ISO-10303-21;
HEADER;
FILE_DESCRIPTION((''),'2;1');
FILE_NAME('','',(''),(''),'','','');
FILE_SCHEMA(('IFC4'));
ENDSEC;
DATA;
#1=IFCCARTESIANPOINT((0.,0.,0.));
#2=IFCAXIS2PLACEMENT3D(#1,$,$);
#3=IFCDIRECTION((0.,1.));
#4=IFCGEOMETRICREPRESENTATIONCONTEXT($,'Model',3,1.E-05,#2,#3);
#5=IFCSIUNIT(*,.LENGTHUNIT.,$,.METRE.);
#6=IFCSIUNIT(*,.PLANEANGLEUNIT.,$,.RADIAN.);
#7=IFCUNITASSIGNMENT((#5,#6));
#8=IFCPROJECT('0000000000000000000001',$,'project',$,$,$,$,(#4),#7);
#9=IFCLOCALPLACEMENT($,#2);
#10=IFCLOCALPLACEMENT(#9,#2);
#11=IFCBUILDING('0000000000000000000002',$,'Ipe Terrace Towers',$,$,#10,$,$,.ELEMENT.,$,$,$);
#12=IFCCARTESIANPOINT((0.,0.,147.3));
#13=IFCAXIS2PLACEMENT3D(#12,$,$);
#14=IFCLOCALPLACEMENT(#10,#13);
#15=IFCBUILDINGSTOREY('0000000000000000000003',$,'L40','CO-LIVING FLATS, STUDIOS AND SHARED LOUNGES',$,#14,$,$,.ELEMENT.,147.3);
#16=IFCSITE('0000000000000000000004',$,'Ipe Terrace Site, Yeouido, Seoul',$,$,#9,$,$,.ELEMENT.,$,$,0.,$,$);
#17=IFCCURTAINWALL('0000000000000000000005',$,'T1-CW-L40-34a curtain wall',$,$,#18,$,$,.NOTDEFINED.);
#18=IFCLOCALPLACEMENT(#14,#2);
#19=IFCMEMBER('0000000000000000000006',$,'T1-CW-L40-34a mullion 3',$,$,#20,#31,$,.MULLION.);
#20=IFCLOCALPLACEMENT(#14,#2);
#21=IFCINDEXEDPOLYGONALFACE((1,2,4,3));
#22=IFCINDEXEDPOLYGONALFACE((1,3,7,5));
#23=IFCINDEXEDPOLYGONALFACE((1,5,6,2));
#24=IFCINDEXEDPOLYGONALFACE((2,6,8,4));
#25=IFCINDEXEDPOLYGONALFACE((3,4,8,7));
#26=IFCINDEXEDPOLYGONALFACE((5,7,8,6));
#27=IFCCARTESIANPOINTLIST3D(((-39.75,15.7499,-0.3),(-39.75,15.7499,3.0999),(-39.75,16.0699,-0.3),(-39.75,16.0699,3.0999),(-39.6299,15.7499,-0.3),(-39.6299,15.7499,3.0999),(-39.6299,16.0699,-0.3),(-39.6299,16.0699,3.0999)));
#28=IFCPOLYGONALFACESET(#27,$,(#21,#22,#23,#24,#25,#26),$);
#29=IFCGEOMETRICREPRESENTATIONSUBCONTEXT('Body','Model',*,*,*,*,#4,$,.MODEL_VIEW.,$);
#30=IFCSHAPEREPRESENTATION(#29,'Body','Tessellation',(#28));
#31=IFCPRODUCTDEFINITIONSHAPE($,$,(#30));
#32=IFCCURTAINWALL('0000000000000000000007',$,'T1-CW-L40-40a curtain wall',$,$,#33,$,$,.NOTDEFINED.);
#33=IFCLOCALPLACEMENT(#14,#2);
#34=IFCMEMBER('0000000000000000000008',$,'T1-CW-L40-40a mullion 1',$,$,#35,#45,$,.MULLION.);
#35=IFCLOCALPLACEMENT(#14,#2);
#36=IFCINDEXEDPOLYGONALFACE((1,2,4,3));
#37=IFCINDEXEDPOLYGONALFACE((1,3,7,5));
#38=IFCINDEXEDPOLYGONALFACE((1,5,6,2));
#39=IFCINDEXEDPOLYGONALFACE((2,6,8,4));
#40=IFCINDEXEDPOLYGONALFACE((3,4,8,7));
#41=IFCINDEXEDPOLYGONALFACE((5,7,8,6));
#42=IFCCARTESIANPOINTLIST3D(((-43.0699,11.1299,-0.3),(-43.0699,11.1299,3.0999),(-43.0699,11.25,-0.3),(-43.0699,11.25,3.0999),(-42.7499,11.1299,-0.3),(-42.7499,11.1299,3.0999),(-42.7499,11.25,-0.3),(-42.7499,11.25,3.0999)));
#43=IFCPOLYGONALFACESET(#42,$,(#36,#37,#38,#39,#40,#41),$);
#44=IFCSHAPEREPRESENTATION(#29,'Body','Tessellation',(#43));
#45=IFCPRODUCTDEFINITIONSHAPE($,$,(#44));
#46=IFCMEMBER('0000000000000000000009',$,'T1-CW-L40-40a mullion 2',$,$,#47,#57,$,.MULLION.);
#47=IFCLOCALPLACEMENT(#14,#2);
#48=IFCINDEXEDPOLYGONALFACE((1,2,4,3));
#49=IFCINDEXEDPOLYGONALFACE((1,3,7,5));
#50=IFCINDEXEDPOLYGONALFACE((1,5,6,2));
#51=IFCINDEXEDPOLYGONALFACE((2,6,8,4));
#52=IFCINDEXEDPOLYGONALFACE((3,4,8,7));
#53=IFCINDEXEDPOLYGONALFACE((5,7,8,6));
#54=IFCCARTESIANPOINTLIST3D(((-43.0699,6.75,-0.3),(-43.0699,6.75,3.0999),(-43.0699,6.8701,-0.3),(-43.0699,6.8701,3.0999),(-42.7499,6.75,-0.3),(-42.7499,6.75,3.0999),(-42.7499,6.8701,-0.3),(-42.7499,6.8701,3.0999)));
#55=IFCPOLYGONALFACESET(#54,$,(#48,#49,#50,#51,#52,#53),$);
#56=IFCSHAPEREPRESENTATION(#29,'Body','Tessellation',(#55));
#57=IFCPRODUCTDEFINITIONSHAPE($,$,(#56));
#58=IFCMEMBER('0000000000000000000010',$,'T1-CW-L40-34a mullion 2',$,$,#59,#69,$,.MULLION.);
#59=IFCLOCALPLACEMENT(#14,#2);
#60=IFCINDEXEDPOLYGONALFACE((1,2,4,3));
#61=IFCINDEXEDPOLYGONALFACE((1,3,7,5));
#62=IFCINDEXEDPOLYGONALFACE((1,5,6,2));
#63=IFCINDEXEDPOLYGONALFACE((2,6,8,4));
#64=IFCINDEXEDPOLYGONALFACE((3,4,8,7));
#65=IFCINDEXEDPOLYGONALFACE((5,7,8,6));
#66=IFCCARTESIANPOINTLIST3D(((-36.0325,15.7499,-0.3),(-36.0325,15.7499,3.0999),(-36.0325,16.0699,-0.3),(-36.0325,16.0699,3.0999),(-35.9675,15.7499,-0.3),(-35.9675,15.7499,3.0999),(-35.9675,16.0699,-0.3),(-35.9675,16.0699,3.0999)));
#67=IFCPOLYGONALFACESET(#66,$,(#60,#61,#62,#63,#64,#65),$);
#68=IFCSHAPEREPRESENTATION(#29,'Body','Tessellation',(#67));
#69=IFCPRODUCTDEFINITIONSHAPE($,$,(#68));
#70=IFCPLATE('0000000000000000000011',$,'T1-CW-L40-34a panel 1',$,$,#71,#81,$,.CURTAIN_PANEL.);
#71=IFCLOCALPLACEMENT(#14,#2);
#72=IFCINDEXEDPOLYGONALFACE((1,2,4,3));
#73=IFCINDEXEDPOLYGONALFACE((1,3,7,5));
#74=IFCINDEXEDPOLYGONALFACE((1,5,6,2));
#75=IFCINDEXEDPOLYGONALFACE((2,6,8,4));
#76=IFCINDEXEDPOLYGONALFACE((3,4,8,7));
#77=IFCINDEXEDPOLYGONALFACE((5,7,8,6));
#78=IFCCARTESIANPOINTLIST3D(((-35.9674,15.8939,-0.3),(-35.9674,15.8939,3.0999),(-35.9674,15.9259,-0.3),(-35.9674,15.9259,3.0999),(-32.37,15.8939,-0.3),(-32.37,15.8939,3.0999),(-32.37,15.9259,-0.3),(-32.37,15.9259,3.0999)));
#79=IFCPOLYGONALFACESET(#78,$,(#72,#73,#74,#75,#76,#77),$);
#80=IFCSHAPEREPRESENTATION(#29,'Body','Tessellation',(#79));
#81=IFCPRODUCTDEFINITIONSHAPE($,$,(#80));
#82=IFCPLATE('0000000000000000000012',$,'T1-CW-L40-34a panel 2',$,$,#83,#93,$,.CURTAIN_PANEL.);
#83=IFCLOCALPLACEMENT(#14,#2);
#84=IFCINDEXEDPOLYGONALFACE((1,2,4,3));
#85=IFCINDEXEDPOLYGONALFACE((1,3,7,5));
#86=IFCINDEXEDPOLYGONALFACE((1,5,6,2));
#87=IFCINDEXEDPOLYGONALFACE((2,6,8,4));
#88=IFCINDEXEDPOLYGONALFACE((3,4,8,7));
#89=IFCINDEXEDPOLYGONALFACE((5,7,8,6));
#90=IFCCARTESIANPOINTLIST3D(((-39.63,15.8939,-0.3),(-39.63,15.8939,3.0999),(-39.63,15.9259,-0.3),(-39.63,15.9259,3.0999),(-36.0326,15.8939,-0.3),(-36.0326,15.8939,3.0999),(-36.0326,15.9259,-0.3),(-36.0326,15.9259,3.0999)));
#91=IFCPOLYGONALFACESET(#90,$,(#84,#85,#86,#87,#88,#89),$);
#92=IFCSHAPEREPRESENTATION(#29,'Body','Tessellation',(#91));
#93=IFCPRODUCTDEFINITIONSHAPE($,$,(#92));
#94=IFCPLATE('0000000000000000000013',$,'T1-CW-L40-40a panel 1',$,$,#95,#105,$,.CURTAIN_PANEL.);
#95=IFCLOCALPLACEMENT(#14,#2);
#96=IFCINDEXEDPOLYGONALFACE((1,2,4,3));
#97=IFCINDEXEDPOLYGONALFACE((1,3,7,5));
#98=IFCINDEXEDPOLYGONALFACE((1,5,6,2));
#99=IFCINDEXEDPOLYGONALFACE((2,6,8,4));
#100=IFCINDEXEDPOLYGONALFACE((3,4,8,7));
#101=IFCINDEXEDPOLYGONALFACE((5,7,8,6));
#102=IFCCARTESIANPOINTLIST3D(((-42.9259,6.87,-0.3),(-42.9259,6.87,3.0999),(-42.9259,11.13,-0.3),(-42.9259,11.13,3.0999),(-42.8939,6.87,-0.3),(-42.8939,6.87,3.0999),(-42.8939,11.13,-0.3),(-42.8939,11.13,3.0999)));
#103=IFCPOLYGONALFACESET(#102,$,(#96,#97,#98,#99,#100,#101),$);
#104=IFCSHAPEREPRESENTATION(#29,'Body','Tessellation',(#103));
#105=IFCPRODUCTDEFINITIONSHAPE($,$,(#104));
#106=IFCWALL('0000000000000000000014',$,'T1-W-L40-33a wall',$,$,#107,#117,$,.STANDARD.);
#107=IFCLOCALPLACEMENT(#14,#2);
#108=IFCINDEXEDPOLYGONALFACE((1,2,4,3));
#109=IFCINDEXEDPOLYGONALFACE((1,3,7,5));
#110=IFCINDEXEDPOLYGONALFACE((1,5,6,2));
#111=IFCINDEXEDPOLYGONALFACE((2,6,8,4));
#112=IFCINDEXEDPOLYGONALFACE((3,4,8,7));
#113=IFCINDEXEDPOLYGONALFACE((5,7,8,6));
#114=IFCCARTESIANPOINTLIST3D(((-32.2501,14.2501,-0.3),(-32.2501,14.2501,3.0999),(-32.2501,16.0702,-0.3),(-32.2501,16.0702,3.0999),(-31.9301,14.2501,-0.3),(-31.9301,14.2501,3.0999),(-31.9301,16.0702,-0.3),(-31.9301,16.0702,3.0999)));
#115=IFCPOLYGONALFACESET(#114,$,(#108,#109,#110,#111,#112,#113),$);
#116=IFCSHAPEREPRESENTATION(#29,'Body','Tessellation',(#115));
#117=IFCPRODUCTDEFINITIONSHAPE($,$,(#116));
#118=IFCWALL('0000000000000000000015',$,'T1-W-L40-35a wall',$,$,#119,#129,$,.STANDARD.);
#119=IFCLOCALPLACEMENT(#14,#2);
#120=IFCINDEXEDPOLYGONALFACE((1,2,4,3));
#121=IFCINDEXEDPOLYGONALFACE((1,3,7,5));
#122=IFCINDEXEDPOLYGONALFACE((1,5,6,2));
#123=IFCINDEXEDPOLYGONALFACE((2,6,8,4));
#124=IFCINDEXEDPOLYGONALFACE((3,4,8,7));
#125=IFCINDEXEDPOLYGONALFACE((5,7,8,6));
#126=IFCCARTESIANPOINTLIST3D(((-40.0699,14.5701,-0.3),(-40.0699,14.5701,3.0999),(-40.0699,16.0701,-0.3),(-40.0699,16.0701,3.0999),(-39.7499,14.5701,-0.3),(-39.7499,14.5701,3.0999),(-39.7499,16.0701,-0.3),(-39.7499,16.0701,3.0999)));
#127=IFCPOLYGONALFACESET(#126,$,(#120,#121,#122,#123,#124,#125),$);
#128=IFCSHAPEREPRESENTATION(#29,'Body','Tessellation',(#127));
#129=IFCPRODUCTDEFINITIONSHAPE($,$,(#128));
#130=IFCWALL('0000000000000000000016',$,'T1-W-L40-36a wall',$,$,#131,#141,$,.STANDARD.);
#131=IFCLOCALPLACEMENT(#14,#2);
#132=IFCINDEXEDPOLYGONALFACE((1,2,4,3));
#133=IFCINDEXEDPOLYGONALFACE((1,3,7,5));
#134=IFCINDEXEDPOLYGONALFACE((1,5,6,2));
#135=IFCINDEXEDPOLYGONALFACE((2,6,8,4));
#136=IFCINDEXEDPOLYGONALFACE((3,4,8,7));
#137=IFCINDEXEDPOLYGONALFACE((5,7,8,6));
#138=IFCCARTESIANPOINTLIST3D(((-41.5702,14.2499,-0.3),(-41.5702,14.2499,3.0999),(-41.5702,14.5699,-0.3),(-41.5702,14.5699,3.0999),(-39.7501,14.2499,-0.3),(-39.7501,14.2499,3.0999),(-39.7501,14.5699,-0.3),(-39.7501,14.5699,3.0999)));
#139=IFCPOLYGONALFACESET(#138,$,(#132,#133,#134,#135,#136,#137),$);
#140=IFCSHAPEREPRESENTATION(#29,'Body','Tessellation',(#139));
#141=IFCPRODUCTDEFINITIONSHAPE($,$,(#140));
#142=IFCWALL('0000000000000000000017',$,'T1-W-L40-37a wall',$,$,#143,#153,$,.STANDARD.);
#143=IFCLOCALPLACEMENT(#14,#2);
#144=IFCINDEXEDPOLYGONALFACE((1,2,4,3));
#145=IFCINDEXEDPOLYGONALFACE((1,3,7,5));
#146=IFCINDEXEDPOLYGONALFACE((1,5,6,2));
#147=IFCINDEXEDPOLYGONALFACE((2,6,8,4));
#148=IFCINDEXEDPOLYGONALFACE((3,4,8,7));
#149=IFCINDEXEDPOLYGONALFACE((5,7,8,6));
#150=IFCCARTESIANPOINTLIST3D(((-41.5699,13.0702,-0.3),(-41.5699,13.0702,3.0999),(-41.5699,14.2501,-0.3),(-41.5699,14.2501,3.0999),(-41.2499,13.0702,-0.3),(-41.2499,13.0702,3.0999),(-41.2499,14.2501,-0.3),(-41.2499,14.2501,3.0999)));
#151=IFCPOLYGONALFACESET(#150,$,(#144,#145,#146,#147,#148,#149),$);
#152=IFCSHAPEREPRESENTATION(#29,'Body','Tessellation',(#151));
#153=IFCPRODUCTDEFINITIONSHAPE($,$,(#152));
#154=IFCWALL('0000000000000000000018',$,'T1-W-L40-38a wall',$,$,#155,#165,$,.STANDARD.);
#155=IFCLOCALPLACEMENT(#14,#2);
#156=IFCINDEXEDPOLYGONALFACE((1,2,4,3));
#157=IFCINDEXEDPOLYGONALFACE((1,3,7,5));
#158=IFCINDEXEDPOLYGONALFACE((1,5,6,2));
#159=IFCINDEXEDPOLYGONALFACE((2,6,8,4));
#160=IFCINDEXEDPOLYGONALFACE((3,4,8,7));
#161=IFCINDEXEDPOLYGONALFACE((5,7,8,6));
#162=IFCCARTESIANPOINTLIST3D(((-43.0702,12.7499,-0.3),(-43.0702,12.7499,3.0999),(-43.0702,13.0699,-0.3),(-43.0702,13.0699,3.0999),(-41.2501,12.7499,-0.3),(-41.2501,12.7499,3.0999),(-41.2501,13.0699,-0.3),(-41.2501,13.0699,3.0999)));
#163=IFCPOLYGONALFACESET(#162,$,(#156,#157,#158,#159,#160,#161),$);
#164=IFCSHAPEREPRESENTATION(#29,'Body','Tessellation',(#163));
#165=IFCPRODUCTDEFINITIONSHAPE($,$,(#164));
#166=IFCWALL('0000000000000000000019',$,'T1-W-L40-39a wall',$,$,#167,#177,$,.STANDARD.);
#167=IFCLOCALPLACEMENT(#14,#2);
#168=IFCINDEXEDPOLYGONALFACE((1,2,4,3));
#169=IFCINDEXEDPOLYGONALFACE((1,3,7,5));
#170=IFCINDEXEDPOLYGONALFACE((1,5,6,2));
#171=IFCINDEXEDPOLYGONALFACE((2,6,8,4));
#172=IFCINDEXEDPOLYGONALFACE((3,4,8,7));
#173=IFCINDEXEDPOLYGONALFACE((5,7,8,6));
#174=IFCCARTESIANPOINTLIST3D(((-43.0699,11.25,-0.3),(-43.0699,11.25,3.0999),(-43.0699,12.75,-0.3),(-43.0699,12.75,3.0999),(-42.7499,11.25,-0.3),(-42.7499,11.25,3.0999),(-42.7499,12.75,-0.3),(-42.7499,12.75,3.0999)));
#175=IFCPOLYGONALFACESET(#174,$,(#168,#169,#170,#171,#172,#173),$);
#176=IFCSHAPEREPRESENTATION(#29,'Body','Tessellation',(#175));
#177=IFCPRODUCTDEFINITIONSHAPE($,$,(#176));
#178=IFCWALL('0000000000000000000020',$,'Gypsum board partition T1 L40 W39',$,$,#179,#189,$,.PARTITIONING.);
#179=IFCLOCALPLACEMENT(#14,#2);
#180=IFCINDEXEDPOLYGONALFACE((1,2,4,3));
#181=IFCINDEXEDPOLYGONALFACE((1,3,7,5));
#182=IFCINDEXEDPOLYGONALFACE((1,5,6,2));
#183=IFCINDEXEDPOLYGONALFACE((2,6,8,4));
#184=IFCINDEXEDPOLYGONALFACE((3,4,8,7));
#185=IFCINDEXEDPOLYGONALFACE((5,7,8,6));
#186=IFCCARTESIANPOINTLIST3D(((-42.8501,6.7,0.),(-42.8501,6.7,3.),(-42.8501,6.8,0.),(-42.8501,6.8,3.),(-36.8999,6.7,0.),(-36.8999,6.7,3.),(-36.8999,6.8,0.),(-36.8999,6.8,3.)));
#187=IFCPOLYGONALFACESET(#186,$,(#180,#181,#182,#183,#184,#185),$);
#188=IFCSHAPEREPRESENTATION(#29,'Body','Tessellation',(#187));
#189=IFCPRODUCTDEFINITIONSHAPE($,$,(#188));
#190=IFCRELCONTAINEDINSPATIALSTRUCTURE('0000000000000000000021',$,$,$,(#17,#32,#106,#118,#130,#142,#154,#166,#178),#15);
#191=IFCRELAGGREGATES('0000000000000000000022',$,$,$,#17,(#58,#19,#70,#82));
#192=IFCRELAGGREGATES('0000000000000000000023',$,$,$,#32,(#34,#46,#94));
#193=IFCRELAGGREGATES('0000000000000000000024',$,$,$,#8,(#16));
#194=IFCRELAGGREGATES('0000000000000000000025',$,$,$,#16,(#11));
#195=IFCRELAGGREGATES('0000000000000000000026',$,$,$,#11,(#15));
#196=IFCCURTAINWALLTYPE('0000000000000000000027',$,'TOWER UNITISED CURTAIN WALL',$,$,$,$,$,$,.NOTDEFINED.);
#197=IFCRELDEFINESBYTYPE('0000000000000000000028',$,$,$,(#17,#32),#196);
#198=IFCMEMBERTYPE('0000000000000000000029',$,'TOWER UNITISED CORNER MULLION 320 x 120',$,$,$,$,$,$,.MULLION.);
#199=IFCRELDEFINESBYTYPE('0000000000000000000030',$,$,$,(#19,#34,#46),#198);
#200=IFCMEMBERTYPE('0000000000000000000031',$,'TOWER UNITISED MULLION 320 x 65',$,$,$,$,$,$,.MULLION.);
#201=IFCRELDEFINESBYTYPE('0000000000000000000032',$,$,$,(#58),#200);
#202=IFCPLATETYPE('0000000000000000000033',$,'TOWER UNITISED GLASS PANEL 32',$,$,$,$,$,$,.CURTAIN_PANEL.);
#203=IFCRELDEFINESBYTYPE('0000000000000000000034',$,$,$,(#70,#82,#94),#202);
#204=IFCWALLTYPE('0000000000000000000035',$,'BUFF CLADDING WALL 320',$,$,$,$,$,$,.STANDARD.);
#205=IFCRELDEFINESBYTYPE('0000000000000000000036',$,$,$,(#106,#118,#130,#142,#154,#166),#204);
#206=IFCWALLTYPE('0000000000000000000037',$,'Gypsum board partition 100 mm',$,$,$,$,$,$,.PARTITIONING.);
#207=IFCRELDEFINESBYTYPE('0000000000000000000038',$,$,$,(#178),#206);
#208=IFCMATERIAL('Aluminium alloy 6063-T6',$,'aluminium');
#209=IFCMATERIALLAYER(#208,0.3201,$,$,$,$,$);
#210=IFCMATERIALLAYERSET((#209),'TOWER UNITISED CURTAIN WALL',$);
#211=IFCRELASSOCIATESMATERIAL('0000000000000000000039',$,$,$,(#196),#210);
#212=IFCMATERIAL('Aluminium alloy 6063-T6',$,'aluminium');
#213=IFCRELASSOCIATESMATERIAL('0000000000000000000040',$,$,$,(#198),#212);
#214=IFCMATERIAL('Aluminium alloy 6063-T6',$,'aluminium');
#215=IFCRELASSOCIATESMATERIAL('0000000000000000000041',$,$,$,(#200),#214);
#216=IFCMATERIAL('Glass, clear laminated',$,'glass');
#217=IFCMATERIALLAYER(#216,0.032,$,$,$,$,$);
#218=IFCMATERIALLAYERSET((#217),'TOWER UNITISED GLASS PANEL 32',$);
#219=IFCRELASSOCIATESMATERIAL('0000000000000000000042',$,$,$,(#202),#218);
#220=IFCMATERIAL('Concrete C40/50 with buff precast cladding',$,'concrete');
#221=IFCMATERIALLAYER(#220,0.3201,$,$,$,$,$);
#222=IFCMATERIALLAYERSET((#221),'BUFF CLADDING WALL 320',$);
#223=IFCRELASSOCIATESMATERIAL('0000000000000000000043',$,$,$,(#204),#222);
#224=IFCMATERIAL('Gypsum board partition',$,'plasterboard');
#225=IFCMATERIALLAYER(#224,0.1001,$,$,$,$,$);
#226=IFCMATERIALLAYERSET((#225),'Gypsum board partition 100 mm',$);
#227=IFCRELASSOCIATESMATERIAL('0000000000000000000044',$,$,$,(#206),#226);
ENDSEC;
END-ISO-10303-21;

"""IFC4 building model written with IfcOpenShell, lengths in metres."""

from ifc_helpers import new_model, si_unit, direction, frame, frame_2d, origin, origin_2d, place, context, subcontext, project, spatial, rectangle, extrude, material, layer, layer_set, material_profile, profile_set, type_object, element, aggregate, save


model = new_model("IFC4")

# Units and contexts
model_context = context("Model", 3, precision=1e-05, world=origin(), true_north=direction((0.0, 1.0)))
body_context = subcontext(model_context, "Body", "Model", "MODEL_VIEW")
ifc_project = project(units=[si_unit("LENGTHUNIT", "METRE"), si_unit("PLANEANGLEUNIT", "RADIAN")], contexts=[model_context])

# Site, building, storey
site_placement = place(None, origin())
site = spatial("IfcSite", under=ifc_project, at=site_placement, Name="Ipe Terrace Site, Yeouido, Seoul", CompositionType="ELEMENT", RefElevation=0.0)
building_placement = place(site_placement, origin())
building = spatial("IfcBuilding", under=site, at=building_placement, Name="Ipe Terrace Towers", CompositionType="ELEMENT")
storey_placement = place(building_placement, frame((0.0, 0.0, 147.3)))
storey = spatial("IfcBuildingStorey", under=building, at=storey_placement, Name="L40", Description="CO-LIVING FLATS, STUDIOS AND SHARED LOUNGES", CompositionType="ELEMENT", Elevation=147.3)

# Curtain walls, members
ifc_material_1 = material(Name="Aluminium alloy 6063-T6", Category="aluminium")
ifc_layer_1 = layer(ifc_material_1, 0.3201)
ifc_layer_set_1 = layer_set([ifc_layer_1], Name="TOWER UNITISED CURTAIN WALL")
curtain_wall_type = type_object("IfcCurtainWallType", Name="TOWER UNITISED CURTAIN WALL", PredefinedType="NOTDEFINED", material=ifc_layer_set_1)
curtain_wall_1_placement = place(storey_placement, origin())
curtain_wall_1 = element("IfcCurtainWall", 1, at=curtain_wall_1_placement, inside=storey, type_object=curtain_wall_type, Name="T1-CW-L40-34a curtain wall", PredefinedType="NOTDEFINED")
ifc_material_2 = material(Name="Aluminium alloy 6063-T6", Category="aluminium")
ifc_material_profile_1 = material_profile(ifc_material_2, rectangle(XDim=0.3201, YDim=0.1201, at=origin_2d()), Name="TOWER UNITISED CORNER MULLION 320 x 120")
ifc_profile_set_1 = profile_set([ifc_material_profile_1], Name="Aluminium alloy 6063-T6")
member_type_1 = type_object("IfcMemberType", Name="TOWER UNITISED CORNER MULLION 320 x 120", PredefinedType="MULLION", material=ifc_profile_set_1)
member_1_placement = place(storey_placement, frame((-39.6899, 15.9099, -0.3), z_axis=(0.0, 0.0, 1.0), x_axis=(0.0, 1.0, 0.0)))
member_1 = element("IfcMember", 2, at=member_1_placement, type_object=member_type_1, Name="T1-CW-L40-34a mullion 3", PredefinedType="MULLION", context=body_context, shape_type="SweptSolid", body=[
    extrude(rectangle(XDim=0.3201, YDim=0.1201, at=origin_2d()), origin(), (0.0, 0.0, 1.0), 3.3999),
])
curtain_wall_2_placement = place(storey_placement, origin())
curtain_wall_2 = element("IfcCurtainWall", 3, at=curtain_wall_2_placement, inside=storey, type_object=curtain_wall_type, Name="T1-CW-L40-40a curtain wall", PredefinedType="NOTDEFINED")
member_2_placement = place(storey_placement, frame((-42.9099, 11.1899, -0.3), z_axis=(0.0, 0.0, 1.0), x_axis=(-1.0, 0.0, 0.0)))
member_2 = element("IfcMember", 4, at=member_2_placement, type_object=member_type_1, Name="T1-CW-L40-40a mullion 1", PredefinedType="MULLION", context=body_context, shape_type="SweptSolid", body=[
    extrude(rectangle(XDim=0.3201, YDim=0.1201, at=origin_2d()), origin(), (0.0, 0.0, 1.0), 3.3999),
])
member_3_placement = place(storey_placement, frame((-42.9099, 6.8101, -0.3), z_axis=(0.0, 0.0, 1.0), x_axis=(-1.0, 0.0, 0.0)))
member_3 = element("IfcMember", 5, at=member_3_placement, type_object=member_type_1, Name="T1-CW-L40-40a mullion 2", PredefinedType="MULLION", context=body_context, shape_type="SweptSolid", body=[
    extrude(rectangle(XDim=0.3201, YDim=0.1201, at=origin_2d()), origin(), (0.0, 0.0, 1.0), 3.3999),
])

# Member
ifc_material_3 = material(Name="Aluminium alloy 6063-T6", Category="aluminium")
ifc_material_profile_2 = material_profile(ifc_material_3, rectangle(XDim=0.3201, YDim=0.0649, at=origin_2d()), Name="TOWER UNITISED MULLION 320 x 65")
ifc_profile_set_2 = profile_set([ifc_material_profile_2], Name="Aluminium alloy 6063-T6")
member_type_2 = type_object("IfcMemberType", Name="TOWER UNITISED MULLION 320 x 65", PredefinedType="MULLION", material=ifc_profile_set_2)
member_4_placement = place(storey_placement, frame((-36.0, 15.9099, -0.3), z_axis=(0.0, 0.0, 1.0), x_axis=(0.0, 1.0, 0.0)))
member_4 = element("IfcMember", 6, at=member_4_placement, type_object=member_type_2, Name="T1-CW-L40-34a mullion 2", PredefinedType="MULLION", context=body_context, shape_type="SweptSolid", body=[
    extrude(rectangle(XDim=0.3201, YDim=0.0649, at=origin_2d()), origin(), (0.0, 0.0, 1.0), 3.3999),
])

# Plates
ifc_material_4 = material(Name="Glass, clear laminated", Category="glass")
ifc_layer_2 = layer(ifc_material_4, 0.032)
ifc_layer_set_2 = layer_set([ifc_layer_2], Name="TOWER UNITISED GLASS PANEL 32")
plate_type = type_object("IfcPlateType", Name="TOWER UNITISED GLASS PANEL 32", PredefinedType="CURTAIN_PANEL", material=ifc_layer_set_2)
plate_1_placement = place(storey_placement, frame((-34.1687, 15.9099, -0.3), z_axis=(0.0, 0.0, 1.0), x_axis=(-1.0, 0.0, 0.0)))
plate_1 = element("IfcPlate", 7, at=plate_1_placement, type_object=plate_type, Name="T1-CW-L40-34a panel 1", PredefinedType="CURTAIN_PANEL", context=body_context, shape_type="SweptSolid", body=[
    extrude(rectangle(XDim=3.5974, YDim=0.032, at=origin_2d()), origin(), (0.0, 0.0, 1.0), 3.3999),
])
plate_2_placement = place(storey_placement, frame((-37.8313, 15.9099, -0.3), z_axis=(0.0, 0.0, 1.0), x_axis=(-1.0, 0.0, 0.0)))
plate_2 = element("IfcPlate", 8, at=plate_2_placement, type_object=plate_type, Name="T1-CW-L40-34a panel 2", PredefinedType="CURTAIN_PANEL", context=body_context, shape_type="SweptSolid", body=[
    extrude(rectangle(XDim=3.5974, YDim=0.032, at=origin_2d()), origin(), (0.0, 0.0, 1.0), 3.3999),
])
aggregate(curtain_wall_1, [member_4, member_1, plate_1, plate_2])
plate_3_placement = place(storey_placement, frame((-42.9099, 9.0, -0.3), z_axis=(0.0, 0.0, 1.0), x_axis=(0.0, -1.0, 0.0)))
plate_3 = element("IfcPlate", 9, at=plate_3_placement, type_object=plate_type, Name="T1-CW-L40-40a panel 1", PredefinedType="CURTAIN_PANEL", context=body_context, shape_type="SweptSolid", body=[
    extrude(rectangle(XDim=4.26, YDim=0.032, at=origin_2d()), origin(), (0.0, 0.0, 1.0), 3.3999),
])
aggregate(curtain_wall_2, [member_2, member_3, plate_3])

# Walls
ifc_material_5 = material(Name="Concrete C40/50 with buff precast cladding", Category="concrete")
ifc_layer_3 = layer(ifc_material_5, 0.3201)
ifc_layer_set_3 = layer_set([ifc_layer_3], Name="BUFF CLADDING WALL 320")
wall_type_1 = type_object("IfcWallType", Name="BUFF CLADDING WALL 320", PredefinedType="STANDARD", material=ifc_layer_set_3)
wall_1_placement = place(storey_placement, frame((-32.0901, 14.25, -0.3), z_axis=(0.0, 0.0, 1.0), x_axis=(0.0, 1.0, 0.0)))
element("IfcWall", 10, at=wall_1_placement, inside=storey, type_object=wall_type_1, Name="T1-W-L40-33a wall", PredefinedType="STANDARD", context=body_context, shape_type="SweptSolid", body=[
    extrude(rectangle(XDim=1.8201, YDim=0.3201, at=frame_2d((0.9102, 0.0))), origin(), (0.0, 0.0, 1.0), 3.3999),
])
wall_2_placement = place(storey_placement, frame((-39.9099, 16.0701, -0.3), z_axis=(0.0, 0.0, 1.0), x_axis=(0.0, -1.0, 0.0)))
element("IfcWall", 11, at=wall_2_placement, inside=storey, type_object=wall_type_1, Name="T1-W-L40-35a wall", PredefinedType="STANDARD", context=body_context, shape_type="SweptSolid", body=[
    extrude(rectangle(XDim=1.5, YDim=0.3201, at=frame_2d((0.75, 0.0))), origin(), (0.0, 0.0, 1.0), 3.3999),
])
wall_3_placement = place(storey_placement, frame((-39.75, 14.4099, -0.3), z_axis=(0.0, 0.0, 1.0), x_axis=(-1.0, 0.0, 0.0)))
element("IfcWall", 12, at=wall_3_placement, inside=storey, type_object=wall_type_1, Name="T1-W-L40-36a wall", PredefinedType="STANDARD", context=body_context, shape_type="SweptSolid", body=[
    extrude(rectangle(XDim=1.8201, YDim=0.3201, at=frame_2d((0.9102, 0.0))), origin(), (0.0, 0.0, 1.0), 3.3999),
])
wall_4_placement = place(storey_placement, frame((-41.4099, 14.25, -0.3), z_axis=(0.0, 0.0, 1.0), x_axis=(0.0, -1.0, 0.0)))
element("IfcWall", 13, at=wall_4_placement, inside=storey, type_object=wall_type_1, Name="T1-W-L40-37a wall", PredefinedType="STANDARD", context=body_context, shape_type="SweptSolid", body=[
    extrude(rectangle(XDim=1.1799, YDim=0.3201, at=frame_2d((0.5898, 0.0))), origin(), (0.0, 0.0, 1.0), 3.3999),
])
wall_5_placement = place(storey_placement, frame((-41.25, 12.9099, -0.3), z_axis=(0.0, 0.0, 1.0), x_axis=(-1.0, 0.0, 0.0)))
element("IfcWall", 14, at=wall_5_placement, inside=storey, type_object=wall_type_1, Name="T1-W-L40-38a wall", PredefinedType="STANDARD", context=body_context, shape_type="SweptSolid", body=[
    extrude(rectangle(XDim=1.8201, YDim=0.3201, at=frame_2d((0.9102, 0.0))), origin(), (0.0, 0.0, 1.0), 3.3999),
])
wall_6_placement = place(storey_placement, frame((-42.9099, 12.75, -0.3), z_axis=(0.0, 0.0, 1.0), x_axis=(0.0, -1.0, 0.0)))
element("IfcWall", 15, at=wall_6_placement, inside=storey, type_object=wall_type_1, Name="T1-W-L40-39a wall", PredefinedType="STANDARD", context=body_context, shape_type="SweptSolid", body=[
    extrude(rectangle(XDim=1.5, YDim=0.3201, at=frame_2d((0.75, 0.0))), origin(), (0.0, 0.0, 1.0), 3.3999),
])
ifc_material_6 = material(Name="Gypsum board partition", Category="plasterboard")
ifc_layer_4 = layer(ifc_material_6, 0.1001)
ifc_layer_set_4 = layer_set([ifc_layer_4], Name="Gypsum board partition 100 mm")
wall_type_2 = type_object("IfcWallType", Name="Gypsum board partition 100 mm", PredefinedType="PARTITIONING", material=ifc_layer_set_4)
for number, where, z_axis, x_axis, name in (
    (16, (-42.8501, 6.75, 0.0), (0.0, 0.0, 1.0), (1.0, 0.0, 0.0), "Gypsum board partition T1 L40 W39"),
):
    element("IfcWall", number, at=place(storey_placement, frame(where, z_axis=z_axis, x_axis=x_axis)), inside=storey, type_object=wall_type_2, Name=name, PredefinedType="PARTITIONING", context=body_context, shape_type="SweptSolid", body=[
        extrude(rectangle(XDim=5.9502, YDim=0.1001, at=frame_2d((2.9751, 0.0))), origin(), (0.0, 0.0, 1.0), 3.0),
    ])

save(model, "model.ifc")
